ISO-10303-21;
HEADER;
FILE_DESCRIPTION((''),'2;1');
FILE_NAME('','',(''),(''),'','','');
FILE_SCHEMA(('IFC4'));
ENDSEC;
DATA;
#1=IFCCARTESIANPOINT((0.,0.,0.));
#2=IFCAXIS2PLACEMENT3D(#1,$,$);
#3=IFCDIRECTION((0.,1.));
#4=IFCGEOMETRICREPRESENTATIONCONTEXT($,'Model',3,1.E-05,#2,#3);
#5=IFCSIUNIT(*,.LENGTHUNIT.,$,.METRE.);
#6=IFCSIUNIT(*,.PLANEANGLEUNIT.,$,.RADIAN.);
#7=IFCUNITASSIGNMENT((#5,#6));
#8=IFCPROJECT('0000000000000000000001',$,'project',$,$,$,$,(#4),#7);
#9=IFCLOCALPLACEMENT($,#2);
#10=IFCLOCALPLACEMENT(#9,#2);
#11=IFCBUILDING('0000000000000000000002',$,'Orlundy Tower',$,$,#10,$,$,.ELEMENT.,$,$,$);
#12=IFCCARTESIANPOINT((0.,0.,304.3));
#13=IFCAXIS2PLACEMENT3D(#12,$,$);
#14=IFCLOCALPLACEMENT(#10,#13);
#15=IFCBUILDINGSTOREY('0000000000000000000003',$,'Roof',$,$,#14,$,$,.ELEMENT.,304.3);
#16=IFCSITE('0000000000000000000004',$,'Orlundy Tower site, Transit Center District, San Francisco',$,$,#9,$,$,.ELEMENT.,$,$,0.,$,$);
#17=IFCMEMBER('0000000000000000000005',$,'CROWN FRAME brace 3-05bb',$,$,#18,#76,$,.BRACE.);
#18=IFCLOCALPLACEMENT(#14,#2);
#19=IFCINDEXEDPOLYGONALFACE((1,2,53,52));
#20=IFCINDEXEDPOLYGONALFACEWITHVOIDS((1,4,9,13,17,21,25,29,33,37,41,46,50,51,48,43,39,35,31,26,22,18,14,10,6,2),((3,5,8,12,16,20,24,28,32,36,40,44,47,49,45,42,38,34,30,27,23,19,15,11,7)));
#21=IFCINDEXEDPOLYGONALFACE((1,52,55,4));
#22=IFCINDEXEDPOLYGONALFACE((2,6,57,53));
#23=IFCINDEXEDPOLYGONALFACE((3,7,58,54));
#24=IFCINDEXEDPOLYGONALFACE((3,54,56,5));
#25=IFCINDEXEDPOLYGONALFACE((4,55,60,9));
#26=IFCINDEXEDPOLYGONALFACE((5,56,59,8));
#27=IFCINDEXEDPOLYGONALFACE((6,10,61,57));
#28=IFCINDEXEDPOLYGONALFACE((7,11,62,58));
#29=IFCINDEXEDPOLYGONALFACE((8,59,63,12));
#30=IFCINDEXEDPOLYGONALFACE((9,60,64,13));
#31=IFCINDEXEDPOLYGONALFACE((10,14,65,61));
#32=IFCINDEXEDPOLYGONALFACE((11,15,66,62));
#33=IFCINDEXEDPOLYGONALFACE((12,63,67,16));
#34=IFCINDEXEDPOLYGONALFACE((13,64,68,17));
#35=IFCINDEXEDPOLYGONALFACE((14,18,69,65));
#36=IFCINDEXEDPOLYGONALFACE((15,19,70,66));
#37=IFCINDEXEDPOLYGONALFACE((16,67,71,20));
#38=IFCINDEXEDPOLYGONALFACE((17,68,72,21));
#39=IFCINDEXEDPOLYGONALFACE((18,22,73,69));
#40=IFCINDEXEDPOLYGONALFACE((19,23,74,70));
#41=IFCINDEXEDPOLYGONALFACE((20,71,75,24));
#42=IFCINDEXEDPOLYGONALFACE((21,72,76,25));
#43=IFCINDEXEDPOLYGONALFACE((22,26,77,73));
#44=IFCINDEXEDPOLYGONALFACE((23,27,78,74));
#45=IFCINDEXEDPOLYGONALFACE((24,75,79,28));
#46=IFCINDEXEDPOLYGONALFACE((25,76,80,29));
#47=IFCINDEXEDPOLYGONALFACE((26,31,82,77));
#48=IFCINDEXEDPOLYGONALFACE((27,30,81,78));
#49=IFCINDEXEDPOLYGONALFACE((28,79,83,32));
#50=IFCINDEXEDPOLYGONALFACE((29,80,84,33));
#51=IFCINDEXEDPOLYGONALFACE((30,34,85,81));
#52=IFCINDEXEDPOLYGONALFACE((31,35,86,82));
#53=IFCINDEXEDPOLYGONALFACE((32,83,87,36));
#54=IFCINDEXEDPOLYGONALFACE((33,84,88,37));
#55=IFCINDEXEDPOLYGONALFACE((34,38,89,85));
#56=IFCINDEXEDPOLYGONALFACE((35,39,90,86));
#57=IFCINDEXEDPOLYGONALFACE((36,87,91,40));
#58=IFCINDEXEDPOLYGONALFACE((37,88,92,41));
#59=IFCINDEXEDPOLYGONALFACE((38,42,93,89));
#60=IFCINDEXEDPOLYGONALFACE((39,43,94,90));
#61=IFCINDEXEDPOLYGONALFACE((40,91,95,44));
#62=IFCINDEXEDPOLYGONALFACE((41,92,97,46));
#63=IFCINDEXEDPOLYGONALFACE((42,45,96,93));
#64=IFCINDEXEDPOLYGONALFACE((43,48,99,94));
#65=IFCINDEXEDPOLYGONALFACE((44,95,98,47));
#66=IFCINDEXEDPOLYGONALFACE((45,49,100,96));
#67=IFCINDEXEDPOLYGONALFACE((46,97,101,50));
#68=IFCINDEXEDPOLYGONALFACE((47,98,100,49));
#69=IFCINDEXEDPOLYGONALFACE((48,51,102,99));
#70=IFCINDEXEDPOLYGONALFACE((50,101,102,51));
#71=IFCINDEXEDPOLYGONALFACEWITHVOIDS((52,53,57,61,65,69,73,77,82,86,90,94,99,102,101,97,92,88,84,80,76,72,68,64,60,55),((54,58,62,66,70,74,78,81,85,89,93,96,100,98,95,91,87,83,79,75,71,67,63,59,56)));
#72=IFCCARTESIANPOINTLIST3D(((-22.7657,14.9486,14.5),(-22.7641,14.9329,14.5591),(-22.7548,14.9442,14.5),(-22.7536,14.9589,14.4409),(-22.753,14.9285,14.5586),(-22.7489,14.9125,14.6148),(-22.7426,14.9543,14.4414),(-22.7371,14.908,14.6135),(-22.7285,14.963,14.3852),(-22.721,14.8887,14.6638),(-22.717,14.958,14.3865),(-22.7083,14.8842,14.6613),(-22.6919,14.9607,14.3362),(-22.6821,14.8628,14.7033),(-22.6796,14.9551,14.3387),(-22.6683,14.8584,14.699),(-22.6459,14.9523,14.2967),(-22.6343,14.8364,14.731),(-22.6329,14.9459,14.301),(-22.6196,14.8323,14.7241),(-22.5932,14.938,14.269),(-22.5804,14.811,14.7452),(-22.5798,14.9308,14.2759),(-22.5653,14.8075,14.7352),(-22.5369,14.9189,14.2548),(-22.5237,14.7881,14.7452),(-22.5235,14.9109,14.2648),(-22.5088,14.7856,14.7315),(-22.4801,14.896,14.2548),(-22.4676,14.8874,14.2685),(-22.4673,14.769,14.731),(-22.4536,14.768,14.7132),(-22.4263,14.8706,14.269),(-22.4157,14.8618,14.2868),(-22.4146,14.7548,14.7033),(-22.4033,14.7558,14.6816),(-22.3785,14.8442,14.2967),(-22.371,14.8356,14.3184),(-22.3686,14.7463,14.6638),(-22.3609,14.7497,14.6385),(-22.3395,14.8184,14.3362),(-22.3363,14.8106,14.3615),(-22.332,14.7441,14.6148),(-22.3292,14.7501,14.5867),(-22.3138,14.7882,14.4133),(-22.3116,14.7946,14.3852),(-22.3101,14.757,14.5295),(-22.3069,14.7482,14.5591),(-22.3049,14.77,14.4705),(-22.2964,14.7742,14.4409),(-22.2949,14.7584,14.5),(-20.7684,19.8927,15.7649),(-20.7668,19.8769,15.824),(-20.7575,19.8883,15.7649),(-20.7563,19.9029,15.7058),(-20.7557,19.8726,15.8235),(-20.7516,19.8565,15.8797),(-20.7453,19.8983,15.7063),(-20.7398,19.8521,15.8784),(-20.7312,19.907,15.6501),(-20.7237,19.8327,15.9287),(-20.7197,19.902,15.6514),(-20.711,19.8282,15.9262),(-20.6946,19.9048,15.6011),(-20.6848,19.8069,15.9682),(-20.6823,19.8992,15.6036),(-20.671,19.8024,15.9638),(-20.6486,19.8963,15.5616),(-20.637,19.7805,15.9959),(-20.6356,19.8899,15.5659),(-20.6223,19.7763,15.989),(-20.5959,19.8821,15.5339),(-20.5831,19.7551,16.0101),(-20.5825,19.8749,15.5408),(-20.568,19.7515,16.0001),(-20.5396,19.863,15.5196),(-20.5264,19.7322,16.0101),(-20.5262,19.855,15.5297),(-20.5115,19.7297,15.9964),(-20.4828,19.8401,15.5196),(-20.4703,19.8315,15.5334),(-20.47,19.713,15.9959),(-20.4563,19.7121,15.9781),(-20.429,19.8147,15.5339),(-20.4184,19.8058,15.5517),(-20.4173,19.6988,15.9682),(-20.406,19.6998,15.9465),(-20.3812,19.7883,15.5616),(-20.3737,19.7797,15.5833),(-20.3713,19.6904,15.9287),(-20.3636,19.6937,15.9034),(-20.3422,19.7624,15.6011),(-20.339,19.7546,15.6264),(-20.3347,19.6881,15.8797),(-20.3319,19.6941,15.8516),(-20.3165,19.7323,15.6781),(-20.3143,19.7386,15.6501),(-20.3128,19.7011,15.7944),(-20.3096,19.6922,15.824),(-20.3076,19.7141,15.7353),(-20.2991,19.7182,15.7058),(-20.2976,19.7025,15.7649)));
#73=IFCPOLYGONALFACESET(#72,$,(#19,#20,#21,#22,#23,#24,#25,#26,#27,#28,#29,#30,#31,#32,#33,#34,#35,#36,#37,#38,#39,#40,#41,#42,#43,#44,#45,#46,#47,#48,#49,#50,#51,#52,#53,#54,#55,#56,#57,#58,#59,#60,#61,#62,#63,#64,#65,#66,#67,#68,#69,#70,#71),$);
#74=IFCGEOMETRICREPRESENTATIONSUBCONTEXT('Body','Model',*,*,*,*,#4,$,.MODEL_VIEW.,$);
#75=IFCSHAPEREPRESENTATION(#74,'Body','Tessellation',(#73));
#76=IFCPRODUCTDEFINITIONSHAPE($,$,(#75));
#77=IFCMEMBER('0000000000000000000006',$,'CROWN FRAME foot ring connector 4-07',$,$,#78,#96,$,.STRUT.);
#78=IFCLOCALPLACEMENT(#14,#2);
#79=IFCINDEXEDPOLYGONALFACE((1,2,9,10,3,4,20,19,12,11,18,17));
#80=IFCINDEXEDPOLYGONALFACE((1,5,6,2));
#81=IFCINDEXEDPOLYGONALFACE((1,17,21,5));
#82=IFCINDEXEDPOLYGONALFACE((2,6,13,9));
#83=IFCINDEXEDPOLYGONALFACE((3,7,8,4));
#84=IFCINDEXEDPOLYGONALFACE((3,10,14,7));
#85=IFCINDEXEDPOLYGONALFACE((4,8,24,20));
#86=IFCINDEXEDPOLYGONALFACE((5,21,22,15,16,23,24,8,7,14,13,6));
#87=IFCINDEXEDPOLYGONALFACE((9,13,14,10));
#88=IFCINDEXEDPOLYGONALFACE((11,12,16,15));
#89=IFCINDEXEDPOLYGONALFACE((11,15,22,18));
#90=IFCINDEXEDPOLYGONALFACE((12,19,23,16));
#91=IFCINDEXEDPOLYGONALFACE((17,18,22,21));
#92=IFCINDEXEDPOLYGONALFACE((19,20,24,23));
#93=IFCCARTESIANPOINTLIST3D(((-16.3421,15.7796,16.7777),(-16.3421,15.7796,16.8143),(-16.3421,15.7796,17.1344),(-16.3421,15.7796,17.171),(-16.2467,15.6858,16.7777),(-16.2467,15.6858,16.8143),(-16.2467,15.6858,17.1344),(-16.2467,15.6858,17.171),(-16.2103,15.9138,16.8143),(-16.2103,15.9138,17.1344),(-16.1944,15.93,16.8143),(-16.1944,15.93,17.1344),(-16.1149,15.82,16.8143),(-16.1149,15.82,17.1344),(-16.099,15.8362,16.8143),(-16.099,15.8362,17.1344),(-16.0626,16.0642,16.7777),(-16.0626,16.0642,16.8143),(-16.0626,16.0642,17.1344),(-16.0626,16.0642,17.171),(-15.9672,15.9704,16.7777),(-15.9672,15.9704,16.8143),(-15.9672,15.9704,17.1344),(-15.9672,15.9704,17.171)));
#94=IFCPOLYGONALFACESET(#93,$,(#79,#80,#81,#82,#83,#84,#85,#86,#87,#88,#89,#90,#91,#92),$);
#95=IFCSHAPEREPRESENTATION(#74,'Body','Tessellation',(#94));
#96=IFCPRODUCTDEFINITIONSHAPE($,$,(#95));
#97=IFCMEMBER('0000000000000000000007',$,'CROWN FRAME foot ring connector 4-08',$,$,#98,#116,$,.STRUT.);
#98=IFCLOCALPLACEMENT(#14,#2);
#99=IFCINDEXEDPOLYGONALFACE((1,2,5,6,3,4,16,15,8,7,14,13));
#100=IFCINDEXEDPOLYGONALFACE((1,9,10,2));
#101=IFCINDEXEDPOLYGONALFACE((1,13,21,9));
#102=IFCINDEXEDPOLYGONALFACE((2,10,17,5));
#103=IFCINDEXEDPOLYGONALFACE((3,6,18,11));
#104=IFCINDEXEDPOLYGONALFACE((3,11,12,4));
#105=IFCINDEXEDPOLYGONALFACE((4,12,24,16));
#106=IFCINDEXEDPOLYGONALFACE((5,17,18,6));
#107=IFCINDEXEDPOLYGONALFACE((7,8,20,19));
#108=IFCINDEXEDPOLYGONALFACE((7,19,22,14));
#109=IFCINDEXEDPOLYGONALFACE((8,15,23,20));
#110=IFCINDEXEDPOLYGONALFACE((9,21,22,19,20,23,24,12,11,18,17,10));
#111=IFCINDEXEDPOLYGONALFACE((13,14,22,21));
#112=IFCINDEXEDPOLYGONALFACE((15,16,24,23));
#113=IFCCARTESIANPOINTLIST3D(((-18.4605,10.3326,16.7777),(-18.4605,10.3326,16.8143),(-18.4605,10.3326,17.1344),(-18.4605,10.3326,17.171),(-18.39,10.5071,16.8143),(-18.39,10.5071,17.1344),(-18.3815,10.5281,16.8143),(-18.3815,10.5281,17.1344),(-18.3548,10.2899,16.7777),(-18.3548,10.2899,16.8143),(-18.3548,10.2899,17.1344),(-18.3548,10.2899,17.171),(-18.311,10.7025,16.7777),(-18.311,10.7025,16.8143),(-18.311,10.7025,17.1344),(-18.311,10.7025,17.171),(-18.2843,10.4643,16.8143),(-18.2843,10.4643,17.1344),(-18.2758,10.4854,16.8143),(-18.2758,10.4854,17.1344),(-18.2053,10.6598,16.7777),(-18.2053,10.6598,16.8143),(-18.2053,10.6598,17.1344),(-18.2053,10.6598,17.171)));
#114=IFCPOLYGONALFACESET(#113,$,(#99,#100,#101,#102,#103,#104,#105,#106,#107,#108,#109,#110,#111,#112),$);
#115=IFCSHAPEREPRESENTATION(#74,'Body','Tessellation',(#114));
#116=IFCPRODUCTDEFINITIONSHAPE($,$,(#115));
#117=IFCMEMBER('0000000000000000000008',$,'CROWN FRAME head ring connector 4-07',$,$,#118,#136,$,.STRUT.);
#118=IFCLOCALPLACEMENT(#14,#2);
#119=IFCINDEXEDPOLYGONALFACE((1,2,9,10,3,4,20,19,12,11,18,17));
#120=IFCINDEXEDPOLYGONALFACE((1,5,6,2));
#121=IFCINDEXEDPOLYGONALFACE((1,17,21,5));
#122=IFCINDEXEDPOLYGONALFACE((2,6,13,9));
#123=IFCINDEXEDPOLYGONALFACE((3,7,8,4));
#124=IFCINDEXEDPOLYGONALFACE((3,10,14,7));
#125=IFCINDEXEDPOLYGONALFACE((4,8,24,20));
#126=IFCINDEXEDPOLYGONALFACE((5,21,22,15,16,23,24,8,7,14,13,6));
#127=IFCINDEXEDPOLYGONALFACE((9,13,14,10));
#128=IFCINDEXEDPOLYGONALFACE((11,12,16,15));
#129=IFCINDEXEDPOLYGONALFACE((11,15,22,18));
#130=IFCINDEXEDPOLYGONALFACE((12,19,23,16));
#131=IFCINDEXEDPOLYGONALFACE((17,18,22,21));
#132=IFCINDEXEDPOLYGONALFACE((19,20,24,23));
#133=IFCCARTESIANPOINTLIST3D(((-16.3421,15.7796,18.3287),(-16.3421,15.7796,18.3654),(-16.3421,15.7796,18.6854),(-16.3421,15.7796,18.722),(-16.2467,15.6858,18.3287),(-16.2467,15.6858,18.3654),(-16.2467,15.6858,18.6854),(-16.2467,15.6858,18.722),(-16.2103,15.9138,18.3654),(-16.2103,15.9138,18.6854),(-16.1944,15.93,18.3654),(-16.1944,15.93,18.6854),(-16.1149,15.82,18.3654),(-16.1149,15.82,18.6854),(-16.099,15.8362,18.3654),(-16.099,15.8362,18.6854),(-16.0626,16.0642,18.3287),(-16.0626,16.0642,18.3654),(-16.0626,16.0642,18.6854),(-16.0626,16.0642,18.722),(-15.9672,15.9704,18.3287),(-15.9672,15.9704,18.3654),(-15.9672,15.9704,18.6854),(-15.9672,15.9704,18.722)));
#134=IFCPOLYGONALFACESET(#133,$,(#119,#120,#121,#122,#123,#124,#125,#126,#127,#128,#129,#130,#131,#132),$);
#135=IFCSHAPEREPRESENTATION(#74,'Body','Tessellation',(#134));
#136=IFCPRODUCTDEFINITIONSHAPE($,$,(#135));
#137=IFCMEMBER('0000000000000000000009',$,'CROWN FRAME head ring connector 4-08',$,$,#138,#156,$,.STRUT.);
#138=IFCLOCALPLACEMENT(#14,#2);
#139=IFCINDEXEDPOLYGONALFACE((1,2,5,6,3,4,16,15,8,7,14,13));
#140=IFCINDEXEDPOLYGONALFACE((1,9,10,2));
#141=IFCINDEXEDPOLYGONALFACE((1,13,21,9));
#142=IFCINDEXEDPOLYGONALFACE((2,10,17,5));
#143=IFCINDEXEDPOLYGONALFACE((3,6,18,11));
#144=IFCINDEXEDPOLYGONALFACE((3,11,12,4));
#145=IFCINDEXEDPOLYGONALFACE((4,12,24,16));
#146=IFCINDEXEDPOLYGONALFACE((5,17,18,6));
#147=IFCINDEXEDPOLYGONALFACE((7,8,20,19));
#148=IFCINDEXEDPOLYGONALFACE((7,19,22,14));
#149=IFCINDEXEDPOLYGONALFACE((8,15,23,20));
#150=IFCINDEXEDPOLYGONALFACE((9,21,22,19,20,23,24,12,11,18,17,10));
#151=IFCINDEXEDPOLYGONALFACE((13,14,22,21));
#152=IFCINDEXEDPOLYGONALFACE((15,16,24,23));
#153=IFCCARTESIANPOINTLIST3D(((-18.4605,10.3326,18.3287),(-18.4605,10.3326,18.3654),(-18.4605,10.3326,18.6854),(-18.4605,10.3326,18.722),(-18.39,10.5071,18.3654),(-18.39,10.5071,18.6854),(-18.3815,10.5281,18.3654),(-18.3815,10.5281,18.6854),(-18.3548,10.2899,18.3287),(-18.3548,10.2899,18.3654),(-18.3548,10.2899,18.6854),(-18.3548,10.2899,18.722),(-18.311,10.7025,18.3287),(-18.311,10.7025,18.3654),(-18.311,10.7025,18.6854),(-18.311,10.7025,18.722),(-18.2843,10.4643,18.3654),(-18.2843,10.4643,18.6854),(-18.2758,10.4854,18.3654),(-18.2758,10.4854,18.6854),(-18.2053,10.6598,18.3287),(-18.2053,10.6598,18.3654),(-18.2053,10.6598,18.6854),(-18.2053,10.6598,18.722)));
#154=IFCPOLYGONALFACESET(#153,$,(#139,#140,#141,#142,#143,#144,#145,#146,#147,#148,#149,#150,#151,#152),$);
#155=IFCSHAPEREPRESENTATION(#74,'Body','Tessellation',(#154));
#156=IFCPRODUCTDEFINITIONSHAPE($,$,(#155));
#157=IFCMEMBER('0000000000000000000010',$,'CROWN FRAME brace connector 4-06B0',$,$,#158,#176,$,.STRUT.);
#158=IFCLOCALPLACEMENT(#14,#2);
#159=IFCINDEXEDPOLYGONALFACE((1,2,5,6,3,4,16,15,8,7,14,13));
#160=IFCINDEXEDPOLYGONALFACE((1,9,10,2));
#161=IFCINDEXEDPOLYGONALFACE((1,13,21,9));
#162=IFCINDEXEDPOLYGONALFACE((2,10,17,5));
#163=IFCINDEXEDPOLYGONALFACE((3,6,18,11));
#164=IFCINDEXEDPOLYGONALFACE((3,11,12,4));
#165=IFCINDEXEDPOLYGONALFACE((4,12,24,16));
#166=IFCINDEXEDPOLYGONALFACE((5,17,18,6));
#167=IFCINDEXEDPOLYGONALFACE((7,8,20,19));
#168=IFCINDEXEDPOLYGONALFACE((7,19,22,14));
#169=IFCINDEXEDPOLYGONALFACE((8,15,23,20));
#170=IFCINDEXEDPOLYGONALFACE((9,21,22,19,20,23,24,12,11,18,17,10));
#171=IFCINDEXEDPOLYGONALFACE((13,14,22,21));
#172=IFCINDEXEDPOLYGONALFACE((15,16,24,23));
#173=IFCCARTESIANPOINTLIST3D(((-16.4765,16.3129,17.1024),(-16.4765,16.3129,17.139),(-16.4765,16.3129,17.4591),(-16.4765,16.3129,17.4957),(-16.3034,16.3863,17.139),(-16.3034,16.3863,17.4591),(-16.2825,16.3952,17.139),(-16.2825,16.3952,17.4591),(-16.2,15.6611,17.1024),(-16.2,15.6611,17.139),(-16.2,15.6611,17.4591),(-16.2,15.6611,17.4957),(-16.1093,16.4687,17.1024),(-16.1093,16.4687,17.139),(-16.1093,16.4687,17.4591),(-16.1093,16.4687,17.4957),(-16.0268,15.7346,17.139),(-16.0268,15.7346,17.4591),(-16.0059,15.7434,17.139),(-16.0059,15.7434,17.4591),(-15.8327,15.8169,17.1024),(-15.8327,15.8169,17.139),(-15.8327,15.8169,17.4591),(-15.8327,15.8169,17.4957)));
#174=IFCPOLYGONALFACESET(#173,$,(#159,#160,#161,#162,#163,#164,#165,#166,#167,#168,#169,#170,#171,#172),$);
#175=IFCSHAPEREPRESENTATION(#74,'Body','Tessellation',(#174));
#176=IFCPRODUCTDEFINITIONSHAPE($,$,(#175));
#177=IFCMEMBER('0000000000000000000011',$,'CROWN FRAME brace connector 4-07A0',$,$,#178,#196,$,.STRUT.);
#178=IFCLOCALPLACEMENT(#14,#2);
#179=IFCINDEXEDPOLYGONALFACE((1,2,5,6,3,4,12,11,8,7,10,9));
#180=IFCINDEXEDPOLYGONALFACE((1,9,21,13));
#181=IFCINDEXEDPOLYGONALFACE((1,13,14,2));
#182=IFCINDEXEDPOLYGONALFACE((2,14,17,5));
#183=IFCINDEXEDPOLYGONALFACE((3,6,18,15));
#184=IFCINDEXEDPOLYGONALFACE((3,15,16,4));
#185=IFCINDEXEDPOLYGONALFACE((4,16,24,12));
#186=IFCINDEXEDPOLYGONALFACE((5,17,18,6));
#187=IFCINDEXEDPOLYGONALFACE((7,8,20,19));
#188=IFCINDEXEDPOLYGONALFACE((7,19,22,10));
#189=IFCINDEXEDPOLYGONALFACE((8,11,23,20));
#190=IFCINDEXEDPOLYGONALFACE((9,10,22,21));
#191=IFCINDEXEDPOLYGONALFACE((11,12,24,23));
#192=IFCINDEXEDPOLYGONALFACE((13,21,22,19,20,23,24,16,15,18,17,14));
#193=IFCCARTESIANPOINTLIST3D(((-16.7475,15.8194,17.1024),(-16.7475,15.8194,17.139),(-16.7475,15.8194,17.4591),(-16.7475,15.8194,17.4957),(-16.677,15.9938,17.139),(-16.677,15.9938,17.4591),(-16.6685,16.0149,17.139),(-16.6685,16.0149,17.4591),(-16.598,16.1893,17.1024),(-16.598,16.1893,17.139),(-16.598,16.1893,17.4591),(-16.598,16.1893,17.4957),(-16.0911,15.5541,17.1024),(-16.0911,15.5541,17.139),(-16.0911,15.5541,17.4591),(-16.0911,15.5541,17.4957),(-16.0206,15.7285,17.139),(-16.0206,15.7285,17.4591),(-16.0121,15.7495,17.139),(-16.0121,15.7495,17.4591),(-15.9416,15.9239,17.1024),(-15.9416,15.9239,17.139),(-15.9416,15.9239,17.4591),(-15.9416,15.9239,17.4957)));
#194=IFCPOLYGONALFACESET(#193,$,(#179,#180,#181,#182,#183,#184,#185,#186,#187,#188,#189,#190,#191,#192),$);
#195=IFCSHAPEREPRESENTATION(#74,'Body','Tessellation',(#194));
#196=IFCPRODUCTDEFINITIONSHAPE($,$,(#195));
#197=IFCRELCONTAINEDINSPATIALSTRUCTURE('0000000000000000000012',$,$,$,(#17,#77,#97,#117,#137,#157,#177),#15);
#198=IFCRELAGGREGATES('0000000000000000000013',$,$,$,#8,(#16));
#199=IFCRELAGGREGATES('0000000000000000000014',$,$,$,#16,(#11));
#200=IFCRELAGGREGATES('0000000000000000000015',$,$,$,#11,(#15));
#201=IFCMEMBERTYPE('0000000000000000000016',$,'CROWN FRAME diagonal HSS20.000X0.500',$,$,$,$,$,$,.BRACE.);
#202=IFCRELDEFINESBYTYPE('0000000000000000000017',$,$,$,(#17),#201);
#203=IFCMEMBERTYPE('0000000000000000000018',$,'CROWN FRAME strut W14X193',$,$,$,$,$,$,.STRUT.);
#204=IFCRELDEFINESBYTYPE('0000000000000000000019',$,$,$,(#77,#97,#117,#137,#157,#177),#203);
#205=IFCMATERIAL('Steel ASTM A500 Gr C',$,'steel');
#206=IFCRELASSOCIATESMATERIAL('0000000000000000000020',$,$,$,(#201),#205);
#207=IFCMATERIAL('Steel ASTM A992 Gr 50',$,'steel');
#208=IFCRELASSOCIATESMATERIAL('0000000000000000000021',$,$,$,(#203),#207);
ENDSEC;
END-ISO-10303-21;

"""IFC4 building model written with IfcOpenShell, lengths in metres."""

from ifc_helpers import new_model, si_unit, direction, frame, origin, origin_2d, place, context, subcontext, project, spatial, hollow_circle, i_section, extrude, material, material_profile, profile_set, type_object, element, save


model = new_model("IFC4")

# Units and contexts
model_context = context("Model", 3, precision=1e-05, world=origin(), true_north=direction((0.0, 1.0)))
body_context = subcontext(model_context, "Body", "Model", "MODEL_VIEW")
ifc_project = project(units=[si_unit("LENGTHUNIT", "METRE"), si_unit("PLANEANGLEUNIT", "RADIAN")], contexts=[model_context])

# Site, building, storey
site_placement = place(None, origin())
site = spatial("IfcSite", under=ifc_project, at=site_placement, Name="Orlundy Tower site, Transit Center District, San Francisco", CompositionType="ELEMENT", RefElevation=0.0)
building_placement = place(site_placement, origin())
building = spatial("IfcBuilding", under=site, at=building_placement, Name="Orlundy Tower", CompositionType="ELEMENT")
storey_placement = place(building_placement, frame((0.0, 0.0, 304.3)))
storey = spatial("IfcBuildingStorey", under=building, at=storey_placement, Name="Roof", CompositionType="ELEMENT", Elevation=304.3)

# Members
ifc_material_1 = material(Name="Steel ASTM A500 Gr C", Category="steel")
ifc_material_profile_1 = material_profile(ifc_material_1, hollow_circle(Radius=0.2539, WallThickness=0.0117, at=origin_2d()), Name="HSS20.000X0.500")
ifc_profile_set_1 = profile_set([ifc_material_profile_1], Name="Steel ASTM A500 Gr C")
member_type_1 = type_object("IfcMemberType", Name="CROWN FRAME diagonal HSS20.000X0.500", PredefinedType="BRACE", material=ifc_profile_set_1)
member_1_placement = place(storey_placement, frame((-22.5303, 14.8535, 14.5), z_axis=(0.364456, 0.902164, 0.230809), x_axis=(-0.927199, 0.37457, 0.0)))
element("IfcMember", 1, at=member_1_placement, inside=storey, type_object=member_type_1, Name="CROWN FRAME brace 3-05bb", PredefinedType="BRACE", context=body_context, shape_type="SweptSolid", body=[
    extrude(hollow_circle(Radius=0.2539, WallThickness=0.0117, at=origin_2d()), origin(), (0.0, 0.0, 1.0), 5.4802),
])
ifc_material_2 = material(Name="Steel ASTM A992 Gr 50", Category="steel")
ifc_material_profile_2 = material_profile(ifc_material_2, i_section(OverallWidth=0.3989, OverallDepth=0.3933, WebThickness=0.0227, FlangeThickness=0.0366, at=origin_2d()), Name="W14X193")
ifc_profile_set_2 = profile_set([ifc_material_profile_2], Name="Steel ASTM A992 Gr 50")
member_type_2 = type_object("IfcMemberType", Name="CROWN FRAME strut W14X193", PredefinedType="STRUT", material=ifc_profile_set_2)
member_2_placement = place(storey_placement, frame((-16.1069, 15.8281, 16.9744), z_axis=(-0.713464, 0.700691, 0.0), x_axis=(-0.700691, -0.713464, 0.0)))
element("IfcMember", 2, at=member_2_placement, inside=storey, type_object=member_type_2, Name="CROWN FRAME foot ring connector 4-07", PredefinedType="STRUT", context=body_context, shape_type="SweptSolid", body=[
    extrude(i_section(OverallWidth=0.3989, OverallDepth=0.3933, WebThickness=0.0227, FlangeThickness=0.0366, at=origin_2d()), origin(), (0.0, 0.0, 1.0), 0.1338),
])
member_3_placement = place(storey_placement, frame((-18.28, 10.4749, 16.9744), z_axis=(-0.927142, 0.374711, 0.0), x_axis=(-0.374711, -0.927142, 0.0)))
element("IfcMember", 3, at=member_3_placement, inside=storey, type_object=member_type_2, Name="CROWN FRAME foot ring connector 4-08", PredefinedType="STRUT", context=body_context, shape_type="SweptSolid", body=[
    extrude(i_section(OverallWidth=0.3989, OverallDepth=0.3933, WebThickness=0.0227, FlangeThickness=0.0366, at=origin_2d()), origin(), (0.0, 0.0, 1.0), 0.114),
])
member_4_placement = place(storey_placement, frame((-16.1069, 15.8281, 18.5254), z_axis=(-0.713464, 0.700691, 0.0), x_axis=(-0.700691, -0.713464, 0.0)))
element("IfcMember", 4, at=member_4_placement, inside=storey, type_object=member_type_2, Name="CROWN FRAME head ring connector 4-07", PredefinedType="STRUT", context=body_context, shape_type="SweptSolid", body=[
    extrude(i_section(OverallWidth=0.3989, OverallDepth=0.3933, WebThickness=0.0227, FlangeThickness=0.0366, at=origin_2d()), origin(), (0.0, 0.0, 1.0), 0.1338),
])
member_5_placement = place(storey_placement, frame((-18.28, 10.4749, 18.5254), z_axis=(-0.927142, 0.374711, 0.0), x_axis=(-0.374711, -0.927142, 0.0)))
element("IfcMember", 5, at=member_5_placement, inside=storey, type_object=member_type_2, Name="CROWN FRAME head ring connector 4-08", PredefinedType="STRUT", context=body_context, shape_type="SweptSolid", body=[
    extrude(i_section(OverallWidth=0.3989, OverallDepth=0.3933, WebThickness=0.0227, FlangeThickness=0.0366, at=origin_2d()), origin(), (0.0, 0.0, 1.0), 0.114),
])
for number, where, z_axis, x_axis, name in (
    (6, (-16.0164, 15.739, 17.2991), (-0.39063, 0.920548, 0.0), (-0.920548, -0.39063, 0.0), "CROWN FRAME brace connector 4-06B0"),
    (7, (-16.0164, 15.739, 17.2991), (-0.927115, 0.374777, 0.0), (-0.374777, -0.927115, 0.0), "CROWN FRAME brace connector 4-07A0"),
):
    element("IfcMember", number, at=place(storey_placement, frame(where, z_axis=z_axis, x_axis=x_axis)), inside=storey, type_object=member_type_2, Name=name, PredefinedType="STRUT", context=body_context, shape_type="SweptSolid", body=[
        extrude(i_section(OverallWidth=0.3989, OverallDepth=0.3933, WebThickness=0.0227, FlangeThickness=0.0366, at=origin_2d()), origin(), (0.0, 0.0, 1.0), 0.708),
    ])

save(model, "model.ifc")
